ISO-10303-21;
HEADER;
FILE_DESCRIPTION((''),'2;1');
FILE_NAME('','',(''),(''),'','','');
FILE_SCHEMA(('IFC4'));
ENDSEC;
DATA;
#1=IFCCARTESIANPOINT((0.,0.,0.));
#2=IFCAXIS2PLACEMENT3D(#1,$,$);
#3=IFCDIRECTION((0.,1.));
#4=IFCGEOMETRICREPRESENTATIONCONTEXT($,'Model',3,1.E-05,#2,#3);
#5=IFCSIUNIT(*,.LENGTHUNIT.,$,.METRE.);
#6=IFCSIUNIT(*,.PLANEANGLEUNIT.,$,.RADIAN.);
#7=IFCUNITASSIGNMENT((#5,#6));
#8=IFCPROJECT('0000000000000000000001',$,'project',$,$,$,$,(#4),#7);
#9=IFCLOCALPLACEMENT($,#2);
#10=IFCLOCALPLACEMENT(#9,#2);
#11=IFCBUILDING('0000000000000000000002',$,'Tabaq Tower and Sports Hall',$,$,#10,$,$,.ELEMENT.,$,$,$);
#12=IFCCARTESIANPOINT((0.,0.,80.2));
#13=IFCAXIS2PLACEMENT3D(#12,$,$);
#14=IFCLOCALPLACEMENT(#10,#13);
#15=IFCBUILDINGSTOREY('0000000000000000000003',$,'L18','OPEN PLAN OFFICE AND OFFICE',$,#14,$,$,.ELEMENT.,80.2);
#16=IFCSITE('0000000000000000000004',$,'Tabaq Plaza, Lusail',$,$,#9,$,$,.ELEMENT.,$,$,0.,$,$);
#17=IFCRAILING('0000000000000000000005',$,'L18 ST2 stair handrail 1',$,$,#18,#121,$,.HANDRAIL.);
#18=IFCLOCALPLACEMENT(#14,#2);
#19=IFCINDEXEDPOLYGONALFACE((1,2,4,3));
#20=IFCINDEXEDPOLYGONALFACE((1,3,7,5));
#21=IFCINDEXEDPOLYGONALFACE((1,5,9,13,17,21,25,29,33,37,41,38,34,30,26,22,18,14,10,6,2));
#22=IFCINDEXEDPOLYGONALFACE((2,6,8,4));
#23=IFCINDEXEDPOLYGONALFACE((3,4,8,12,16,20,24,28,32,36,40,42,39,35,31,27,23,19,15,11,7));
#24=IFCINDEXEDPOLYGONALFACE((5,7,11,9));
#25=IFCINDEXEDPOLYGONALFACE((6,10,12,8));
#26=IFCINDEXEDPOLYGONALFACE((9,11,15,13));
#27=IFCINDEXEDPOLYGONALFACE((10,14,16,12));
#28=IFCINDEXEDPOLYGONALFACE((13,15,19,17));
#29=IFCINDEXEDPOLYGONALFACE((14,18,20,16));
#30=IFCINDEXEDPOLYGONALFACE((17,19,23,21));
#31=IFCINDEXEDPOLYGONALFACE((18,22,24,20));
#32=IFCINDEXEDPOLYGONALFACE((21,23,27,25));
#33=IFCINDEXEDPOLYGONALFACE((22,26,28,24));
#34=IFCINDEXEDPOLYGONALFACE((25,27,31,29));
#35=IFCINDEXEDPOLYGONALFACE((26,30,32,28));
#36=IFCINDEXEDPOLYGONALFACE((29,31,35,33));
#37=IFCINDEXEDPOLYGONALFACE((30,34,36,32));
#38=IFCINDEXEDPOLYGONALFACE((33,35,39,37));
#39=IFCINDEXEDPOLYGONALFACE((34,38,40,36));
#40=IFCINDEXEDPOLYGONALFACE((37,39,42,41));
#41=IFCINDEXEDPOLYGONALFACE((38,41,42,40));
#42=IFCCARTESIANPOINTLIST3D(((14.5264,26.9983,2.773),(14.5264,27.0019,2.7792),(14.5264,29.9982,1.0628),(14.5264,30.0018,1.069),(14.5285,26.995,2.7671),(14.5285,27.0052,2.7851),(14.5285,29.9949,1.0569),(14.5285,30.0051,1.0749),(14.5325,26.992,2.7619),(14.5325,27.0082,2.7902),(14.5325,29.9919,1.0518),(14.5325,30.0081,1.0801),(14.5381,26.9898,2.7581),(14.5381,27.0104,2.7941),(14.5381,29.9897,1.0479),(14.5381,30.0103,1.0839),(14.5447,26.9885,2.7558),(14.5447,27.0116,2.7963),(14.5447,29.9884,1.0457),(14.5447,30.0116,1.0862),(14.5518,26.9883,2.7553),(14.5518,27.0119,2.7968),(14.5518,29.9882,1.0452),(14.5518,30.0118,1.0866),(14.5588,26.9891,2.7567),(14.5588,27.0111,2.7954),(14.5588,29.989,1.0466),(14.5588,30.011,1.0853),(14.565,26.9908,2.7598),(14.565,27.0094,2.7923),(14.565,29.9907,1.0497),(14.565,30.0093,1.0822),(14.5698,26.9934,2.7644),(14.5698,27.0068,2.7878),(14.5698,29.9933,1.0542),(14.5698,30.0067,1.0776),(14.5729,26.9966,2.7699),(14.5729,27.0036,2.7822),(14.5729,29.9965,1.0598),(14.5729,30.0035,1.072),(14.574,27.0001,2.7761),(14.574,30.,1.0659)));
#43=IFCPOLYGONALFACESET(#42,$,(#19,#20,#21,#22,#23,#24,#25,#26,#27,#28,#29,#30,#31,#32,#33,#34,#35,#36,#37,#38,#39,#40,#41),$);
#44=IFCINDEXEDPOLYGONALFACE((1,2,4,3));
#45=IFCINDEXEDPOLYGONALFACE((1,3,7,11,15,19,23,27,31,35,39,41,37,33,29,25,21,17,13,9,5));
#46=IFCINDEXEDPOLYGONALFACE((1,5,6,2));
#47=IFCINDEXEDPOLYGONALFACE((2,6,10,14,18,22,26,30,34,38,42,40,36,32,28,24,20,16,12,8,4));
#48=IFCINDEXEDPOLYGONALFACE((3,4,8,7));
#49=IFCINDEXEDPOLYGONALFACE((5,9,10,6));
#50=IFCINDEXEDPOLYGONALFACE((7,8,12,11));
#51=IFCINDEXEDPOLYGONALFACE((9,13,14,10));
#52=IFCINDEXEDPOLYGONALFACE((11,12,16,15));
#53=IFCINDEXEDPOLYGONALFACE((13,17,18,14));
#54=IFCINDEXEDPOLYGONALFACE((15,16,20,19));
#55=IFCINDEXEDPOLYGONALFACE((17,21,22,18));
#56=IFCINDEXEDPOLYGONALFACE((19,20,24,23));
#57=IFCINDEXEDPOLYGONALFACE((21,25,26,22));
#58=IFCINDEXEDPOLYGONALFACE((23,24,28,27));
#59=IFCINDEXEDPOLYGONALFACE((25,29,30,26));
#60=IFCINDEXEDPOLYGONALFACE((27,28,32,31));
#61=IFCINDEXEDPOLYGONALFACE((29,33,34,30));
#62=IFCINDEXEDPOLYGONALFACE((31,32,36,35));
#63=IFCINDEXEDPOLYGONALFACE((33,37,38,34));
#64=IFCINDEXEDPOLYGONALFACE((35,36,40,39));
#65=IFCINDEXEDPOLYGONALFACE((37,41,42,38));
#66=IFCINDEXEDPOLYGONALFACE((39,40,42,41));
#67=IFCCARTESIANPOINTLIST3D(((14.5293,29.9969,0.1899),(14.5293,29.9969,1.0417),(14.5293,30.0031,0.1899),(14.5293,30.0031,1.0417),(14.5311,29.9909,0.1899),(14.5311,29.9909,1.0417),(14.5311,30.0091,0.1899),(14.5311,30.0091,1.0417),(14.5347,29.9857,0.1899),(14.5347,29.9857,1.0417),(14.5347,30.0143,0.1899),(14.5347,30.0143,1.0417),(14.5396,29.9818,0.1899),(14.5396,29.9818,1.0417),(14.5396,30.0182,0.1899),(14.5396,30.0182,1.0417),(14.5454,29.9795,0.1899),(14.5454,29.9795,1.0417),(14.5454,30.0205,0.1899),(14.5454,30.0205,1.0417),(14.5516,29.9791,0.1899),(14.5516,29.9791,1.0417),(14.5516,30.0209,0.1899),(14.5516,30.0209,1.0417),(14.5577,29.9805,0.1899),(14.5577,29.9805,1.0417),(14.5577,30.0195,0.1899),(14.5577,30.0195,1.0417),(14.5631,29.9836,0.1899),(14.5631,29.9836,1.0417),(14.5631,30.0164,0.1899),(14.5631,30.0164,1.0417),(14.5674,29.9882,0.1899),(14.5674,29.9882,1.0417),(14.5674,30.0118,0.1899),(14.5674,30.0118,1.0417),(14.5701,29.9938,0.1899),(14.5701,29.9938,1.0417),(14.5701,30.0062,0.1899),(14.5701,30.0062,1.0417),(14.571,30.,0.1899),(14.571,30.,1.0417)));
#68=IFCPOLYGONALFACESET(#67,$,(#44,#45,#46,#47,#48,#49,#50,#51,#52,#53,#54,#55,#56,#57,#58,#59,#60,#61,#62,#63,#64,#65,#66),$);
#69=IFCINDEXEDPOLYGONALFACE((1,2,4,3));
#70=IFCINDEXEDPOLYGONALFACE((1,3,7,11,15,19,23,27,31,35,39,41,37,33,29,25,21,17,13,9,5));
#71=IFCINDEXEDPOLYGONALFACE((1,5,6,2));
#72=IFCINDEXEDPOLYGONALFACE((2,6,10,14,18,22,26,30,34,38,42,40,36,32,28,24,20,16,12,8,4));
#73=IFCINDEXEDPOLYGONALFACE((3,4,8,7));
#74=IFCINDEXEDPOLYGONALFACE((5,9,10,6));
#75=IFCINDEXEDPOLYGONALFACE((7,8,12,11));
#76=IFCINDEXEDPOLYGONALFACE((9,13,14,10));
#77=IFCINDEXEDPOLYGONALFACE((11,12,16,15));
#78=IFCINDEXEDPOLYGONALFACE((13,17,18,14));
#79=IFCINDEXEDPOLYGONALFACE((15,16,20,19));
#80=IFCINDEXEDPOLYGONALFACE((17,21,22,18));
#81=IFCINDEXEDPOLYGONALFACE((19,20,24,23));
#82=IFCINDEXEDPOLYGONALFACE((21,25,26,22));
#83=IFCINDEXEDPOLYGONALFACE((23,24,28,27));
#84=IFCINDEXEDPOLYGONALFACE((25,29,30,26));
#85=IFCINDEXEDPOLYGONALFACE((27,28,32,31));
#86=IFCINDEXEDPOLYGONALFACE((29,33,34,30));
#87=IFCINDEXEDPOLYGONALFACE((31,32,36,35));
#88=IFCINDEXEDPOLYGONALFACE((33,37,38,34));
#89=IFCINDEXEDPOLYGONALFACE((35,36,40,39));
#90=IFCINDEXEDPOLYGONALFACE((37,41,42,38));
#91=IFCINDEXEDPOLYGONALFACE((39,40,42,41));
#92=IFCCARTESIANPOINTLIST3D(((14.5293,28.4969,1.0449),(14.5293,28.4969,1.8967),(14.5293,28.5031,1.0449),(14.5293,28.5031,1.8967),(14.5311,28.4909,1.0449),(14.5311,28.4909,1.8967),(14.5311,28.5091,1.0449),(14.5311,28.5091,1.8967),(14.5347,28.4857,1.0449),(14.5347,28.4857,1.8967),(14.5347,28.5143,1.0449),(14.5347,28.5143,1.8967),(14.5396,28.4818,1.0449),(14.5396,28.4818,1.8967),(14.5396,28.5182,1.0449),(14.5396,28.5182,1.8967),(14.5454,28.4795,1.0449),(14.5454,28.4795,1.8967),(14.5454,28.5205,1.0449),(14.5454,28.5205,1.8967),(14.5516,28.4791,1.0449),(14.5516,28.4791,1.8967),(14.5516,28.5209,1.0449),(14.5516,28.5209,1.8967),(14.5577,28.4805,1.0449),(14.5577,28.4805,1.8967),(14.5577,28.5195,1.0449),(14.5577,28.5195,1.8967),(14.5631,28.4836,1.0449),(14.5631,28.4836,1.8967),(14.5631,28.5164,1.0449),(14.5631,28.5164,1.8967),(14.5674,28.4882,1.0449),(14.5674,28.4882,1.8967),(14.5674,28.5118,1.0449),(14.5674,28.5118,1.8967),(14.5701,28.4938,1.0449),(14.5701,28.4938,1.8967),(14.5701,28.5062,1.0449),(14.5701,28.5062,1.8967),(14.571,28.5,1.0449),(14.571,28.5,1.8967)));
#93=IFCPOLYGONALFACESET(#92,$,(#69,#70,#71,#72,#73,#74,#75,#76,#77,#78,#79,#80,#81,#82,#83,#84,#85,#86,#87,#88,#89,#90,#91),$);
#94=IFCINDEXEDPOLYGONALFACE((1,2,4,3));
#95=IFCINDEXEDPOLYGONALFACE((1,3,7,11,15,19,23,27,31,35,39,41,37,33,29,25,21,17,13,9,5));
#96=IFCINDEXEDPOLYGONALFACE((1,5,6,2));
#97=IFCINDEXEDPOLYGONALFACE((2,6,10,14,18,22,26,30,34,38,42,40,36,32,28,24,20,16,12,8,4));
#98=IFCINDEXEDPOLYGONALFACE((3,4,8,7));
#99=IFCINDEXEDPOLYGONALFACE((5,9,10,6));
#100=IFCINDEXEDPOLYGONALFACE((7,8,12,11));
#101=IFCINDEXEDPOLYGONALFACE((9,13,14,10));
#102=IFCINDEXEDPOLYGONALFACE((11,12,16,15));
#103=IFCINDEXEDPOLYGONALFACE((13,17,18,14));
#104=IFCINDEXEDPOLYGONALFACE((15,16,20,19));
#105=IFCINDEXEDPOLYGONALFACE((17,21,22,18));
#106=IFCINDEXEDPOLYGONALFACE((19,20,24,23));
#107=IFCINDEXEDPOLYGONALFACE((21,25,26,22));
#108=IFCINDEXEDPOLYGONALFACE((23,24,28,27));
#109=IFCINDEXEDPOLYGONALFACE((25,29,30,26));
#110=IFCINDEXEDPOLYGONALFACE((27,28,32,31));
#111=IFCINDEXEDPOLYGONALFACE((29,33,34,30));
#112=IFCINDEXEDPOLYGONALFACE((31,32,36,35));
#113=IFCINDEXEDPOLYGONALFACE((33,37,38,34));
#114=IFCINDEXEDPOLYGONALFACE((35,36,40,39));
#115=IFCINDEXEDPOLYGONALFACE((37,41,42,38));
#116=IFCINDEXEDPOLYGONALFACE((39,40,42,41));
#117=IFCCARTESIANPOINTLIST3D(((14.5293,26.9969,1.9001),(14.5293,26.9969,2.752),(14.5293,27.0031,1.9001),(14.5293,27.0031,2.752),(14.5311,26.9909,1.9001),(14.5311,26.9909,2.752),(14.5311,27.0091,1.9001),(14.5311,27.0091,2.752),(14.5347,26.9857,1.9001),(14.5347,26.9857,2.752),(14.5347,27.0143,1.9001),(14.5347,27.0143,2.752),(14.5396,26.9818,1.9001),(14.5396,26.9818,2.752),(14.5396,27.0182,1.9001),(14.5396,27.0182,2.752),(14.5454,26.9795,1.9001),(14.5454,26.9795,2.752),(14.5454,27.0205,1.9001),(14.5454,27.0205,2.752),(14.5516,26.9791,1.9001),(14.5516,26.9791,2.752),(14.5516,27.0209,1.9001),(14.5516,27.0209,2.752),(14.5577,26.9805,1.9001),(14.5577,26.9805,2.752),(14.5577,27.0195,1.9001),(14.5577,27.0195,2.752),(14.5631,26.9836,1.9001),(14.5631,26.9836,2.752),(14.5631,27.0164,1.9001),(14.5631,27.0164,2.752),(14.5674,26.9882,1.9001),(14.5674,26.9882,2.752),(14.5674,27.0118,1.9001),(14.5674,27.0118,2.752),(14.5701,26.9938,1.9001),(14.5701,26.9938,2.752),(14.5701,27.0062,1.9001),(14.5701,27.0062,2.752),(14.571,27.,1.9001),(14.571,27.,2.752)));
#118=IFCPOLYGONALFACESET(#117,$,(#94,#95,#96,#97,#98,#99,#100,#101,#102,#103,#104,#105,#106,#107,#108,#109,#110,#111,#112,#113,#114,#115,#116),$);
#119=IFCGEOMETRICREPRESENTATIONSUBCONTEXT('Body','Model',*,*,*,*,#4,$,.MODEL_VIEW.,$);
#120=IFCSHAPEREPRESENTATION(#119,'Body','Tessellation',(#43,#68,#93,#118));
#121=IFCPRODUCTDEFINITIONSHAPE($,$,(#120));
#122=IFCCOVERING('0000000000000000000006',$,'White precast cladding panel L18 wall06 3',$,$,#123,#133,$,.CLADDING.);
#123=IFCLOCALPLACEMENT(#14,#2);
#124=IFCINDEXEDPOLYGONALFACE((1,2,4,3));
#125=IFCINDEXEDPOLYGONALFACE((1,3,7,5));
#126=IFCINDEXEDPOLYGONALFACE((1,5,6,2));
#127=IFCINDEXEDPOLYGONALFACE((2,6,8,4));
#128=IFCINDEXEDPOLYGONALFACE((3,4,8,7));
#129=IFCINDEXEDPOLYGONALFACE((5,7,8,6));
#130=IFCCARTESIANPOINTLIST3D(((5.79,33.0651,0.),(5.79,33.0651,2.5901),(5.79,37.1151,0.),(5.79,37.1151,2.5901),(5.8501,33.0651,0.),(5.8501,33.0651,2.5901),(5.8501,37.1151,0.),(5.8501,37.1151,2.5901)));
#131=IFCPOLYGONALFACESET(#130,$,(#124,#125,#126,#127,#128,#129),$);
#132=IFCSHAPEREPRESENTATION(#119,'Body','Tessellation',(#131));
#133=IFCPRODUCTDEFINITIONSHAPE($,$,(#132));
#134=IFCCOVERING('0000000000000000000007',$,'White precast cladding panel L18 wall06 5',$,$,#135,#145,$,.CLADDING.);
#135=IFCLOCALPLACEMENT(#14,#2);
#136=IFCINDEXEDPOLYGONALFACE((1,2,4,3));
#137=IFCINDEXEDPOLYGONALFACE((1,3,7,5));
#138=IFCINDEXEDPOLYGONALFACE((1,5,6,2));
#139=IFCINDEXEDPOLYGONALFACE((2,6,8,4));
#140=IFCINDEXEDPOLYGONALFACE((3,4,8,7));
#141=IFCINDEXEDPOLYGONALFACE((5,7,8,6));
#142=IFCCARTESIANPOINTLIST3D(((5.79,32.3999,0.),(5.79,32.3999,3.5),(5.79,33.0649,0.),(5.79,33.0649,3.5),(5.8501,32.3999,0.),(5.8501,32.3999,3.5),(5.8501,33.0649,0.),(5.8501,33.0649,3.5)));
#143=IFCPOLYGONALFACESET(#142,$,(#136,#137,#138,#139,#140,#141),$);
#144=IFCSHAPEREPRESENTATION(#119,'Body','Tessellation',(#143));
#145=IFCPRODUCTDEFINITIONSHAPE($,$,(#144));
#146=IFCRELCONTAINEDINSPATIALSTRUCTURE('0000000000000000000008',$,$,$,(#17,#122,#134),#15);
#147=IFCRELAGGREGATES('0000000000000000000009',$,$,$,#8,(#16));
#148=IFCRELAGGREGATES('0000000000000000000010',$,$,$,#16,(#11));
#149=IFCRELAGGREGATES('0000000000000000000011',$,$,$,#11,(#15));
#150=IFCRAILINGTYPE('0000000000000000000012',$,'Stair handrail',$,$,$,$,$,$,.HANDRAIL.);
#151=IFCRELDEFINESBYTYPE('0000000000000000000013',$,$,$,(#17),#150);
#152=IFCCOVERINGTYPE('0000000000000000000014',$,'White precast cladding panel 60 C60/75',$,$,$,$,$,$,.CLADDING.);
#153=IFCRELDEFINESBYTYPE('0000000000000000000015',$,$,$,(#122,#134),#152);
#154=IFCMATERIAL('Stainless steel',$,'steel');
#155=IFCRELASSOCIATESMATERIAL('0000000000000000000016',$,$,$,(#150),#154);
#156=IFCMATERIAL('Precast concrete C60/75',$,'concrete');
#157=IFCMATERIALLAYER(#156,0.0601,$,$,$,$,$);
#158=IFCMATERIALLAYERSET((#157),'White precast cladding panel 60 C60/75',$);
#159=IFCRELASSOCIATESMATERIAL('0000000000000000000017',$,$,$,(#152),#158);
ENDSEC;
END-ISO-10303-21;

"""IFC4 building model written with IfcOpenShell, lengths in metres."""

from ifc_helpers import new_model, si_unit, direction, frame, frame_2d, origin, origin_2d, place, context, subcontext, project, spatial, rectangle, circle, extrude, material, layer, layer_set, type_object, element, save


model = new_model("IFC4")

# Units and contexts
model_context = context("Model", 3, precision=1e-05, world=origin(), true_north=direction((0.0, 1.0)))
body_context = subcontext(model_context, "Body", "Model", "MODEL_VIEW")
ifc_project = project(units=[si_unit("LENGTHUNIT", "METRE"), si_unit("PLANEANGLEUNIT", "RADIAN")], contexts=[model_context])

# Site, building, storey
site_placement = place(None, origin())
site = spatial("IfcSite", under=ifc_project, at=site_placement, Name="Tabaq Plaza, Lusail", CompositionType="ELEMENT", RefElevation=0.0)
building_placement = place(site_placement, origin())
building = spatial("IfcBuilding", under=site, at=building_placement, Name="Tabaq Tower and Sports Hall", CompositionType="ELEMENT")
storey_placement = place(building_placement, frame((0.0, 0.0, 80.2)))
storey = spatial("IfcBuildingStorey", under=building, at=storey_placement, Name="L18", Description="OPEN PLAN OFFICE AND OFFICE", CompositionType="ELEMENT", Elevation=80.2)

# Railing
ifc_material_1 = material(Name="Stainless steel", Category="steel")
railing_type_1 = type_object("IfcRailingType", Name="Stair handrail", PredefinedType="HANDRAIL", material=ifc_material_1)
for number, where, name in (
    (1, (14.55, 30.0, 0.1899), "L18 ST2 stair handrail 1"),
):
    element("IfcRailing", number, at=place(storey_placement, frame(where)), inside=storey, type_object=railing_type_1, Name=name, PredefinedType="HANDRAIL", context=body_context, shape_type="SweptSolid", body=[
        extrude(circle(Radius=0.0239, at=origin_2d()), frame((0.0, 0.0, 0.876), z_axis=(0.0, -0.868752, 0.495248), x_axis=(1.0, 0.0, 0.0)), (0.0, 0.0, 1.0), 3.4531),
        extrude(circle(Radius=0.021, at=origin_2d()), origin(), (0.0, 0.0, 1.0), 0.8518),
        extrude(circle(Radius=0.021, at=origin_2d()), frame((0.0, -1.5, 0.855)), (0.0, 0.0, 1.0), 0.8518),
        extrude(circle(Radius=0.021, at=origin_2d()), frame((0.0, -3.0, 1.7102)), (0.0, 0.0, 1.0), 0.8518),
    ])

# Coverings
ifc_material_2 = material(Name="Precast concrete C60/75", Category="concrete")
ifc_layer_1 = layer(ifc_material_2, 0.0601)
ifc_layer_set_1 = layer_set([ifc_layer_1], Name="White precast cladding panel 60 C60/75")
covering_type = type_object("IfcCoveringType", Name="White precast cladding panel 60 C60/75", PredefinedType="CLADDING", material=ifc_layer_set_1)
covering_1_placement = place(storey_placement, frame((5.8201, 37.115, 0.0), z_axis=(0.0, 0.0, 1.0), x_axis=(0.0, -1.0, 0.0)))
element("IfcCovering", 2, at=covering_1_placement, inside=storey, type_object=covering_type, Name="White precast cladding panel L18 wall06 3", PredefinedType="CLADDING", context=body_context, shape_type="SweptSolid", body=[
    extrude(rectangle(XDim=4.05, YDim=0.0601, at=frame_2d((2.0249, 0.0))), origin(), (0.0, 0.0, 1.0), 2.5901),
])
covering_2_placement = place(storey_placement, frame((5.8201, 33.0649, 0.0), z_axis=(0.0, 0.0, 1.0), x_axis=(0.0, -1.0, 0.0)))
element("IfcCovering", 3, at=covering_2_placement, inside=storey, type_object=covering_type, Name="White precast cladding panel L18 wall06 5", PredefinedType="CLADDING", context=body_context, shape_type="SweptSolid", body=[
    extrude(rectangle(XDim=0.665, YDim=0.0601, at=frame_2d((0.3325, 0.0))), origin(), (0.0, 0.0, 1.0), 3.5),
])

save(model, "model.ifc")
